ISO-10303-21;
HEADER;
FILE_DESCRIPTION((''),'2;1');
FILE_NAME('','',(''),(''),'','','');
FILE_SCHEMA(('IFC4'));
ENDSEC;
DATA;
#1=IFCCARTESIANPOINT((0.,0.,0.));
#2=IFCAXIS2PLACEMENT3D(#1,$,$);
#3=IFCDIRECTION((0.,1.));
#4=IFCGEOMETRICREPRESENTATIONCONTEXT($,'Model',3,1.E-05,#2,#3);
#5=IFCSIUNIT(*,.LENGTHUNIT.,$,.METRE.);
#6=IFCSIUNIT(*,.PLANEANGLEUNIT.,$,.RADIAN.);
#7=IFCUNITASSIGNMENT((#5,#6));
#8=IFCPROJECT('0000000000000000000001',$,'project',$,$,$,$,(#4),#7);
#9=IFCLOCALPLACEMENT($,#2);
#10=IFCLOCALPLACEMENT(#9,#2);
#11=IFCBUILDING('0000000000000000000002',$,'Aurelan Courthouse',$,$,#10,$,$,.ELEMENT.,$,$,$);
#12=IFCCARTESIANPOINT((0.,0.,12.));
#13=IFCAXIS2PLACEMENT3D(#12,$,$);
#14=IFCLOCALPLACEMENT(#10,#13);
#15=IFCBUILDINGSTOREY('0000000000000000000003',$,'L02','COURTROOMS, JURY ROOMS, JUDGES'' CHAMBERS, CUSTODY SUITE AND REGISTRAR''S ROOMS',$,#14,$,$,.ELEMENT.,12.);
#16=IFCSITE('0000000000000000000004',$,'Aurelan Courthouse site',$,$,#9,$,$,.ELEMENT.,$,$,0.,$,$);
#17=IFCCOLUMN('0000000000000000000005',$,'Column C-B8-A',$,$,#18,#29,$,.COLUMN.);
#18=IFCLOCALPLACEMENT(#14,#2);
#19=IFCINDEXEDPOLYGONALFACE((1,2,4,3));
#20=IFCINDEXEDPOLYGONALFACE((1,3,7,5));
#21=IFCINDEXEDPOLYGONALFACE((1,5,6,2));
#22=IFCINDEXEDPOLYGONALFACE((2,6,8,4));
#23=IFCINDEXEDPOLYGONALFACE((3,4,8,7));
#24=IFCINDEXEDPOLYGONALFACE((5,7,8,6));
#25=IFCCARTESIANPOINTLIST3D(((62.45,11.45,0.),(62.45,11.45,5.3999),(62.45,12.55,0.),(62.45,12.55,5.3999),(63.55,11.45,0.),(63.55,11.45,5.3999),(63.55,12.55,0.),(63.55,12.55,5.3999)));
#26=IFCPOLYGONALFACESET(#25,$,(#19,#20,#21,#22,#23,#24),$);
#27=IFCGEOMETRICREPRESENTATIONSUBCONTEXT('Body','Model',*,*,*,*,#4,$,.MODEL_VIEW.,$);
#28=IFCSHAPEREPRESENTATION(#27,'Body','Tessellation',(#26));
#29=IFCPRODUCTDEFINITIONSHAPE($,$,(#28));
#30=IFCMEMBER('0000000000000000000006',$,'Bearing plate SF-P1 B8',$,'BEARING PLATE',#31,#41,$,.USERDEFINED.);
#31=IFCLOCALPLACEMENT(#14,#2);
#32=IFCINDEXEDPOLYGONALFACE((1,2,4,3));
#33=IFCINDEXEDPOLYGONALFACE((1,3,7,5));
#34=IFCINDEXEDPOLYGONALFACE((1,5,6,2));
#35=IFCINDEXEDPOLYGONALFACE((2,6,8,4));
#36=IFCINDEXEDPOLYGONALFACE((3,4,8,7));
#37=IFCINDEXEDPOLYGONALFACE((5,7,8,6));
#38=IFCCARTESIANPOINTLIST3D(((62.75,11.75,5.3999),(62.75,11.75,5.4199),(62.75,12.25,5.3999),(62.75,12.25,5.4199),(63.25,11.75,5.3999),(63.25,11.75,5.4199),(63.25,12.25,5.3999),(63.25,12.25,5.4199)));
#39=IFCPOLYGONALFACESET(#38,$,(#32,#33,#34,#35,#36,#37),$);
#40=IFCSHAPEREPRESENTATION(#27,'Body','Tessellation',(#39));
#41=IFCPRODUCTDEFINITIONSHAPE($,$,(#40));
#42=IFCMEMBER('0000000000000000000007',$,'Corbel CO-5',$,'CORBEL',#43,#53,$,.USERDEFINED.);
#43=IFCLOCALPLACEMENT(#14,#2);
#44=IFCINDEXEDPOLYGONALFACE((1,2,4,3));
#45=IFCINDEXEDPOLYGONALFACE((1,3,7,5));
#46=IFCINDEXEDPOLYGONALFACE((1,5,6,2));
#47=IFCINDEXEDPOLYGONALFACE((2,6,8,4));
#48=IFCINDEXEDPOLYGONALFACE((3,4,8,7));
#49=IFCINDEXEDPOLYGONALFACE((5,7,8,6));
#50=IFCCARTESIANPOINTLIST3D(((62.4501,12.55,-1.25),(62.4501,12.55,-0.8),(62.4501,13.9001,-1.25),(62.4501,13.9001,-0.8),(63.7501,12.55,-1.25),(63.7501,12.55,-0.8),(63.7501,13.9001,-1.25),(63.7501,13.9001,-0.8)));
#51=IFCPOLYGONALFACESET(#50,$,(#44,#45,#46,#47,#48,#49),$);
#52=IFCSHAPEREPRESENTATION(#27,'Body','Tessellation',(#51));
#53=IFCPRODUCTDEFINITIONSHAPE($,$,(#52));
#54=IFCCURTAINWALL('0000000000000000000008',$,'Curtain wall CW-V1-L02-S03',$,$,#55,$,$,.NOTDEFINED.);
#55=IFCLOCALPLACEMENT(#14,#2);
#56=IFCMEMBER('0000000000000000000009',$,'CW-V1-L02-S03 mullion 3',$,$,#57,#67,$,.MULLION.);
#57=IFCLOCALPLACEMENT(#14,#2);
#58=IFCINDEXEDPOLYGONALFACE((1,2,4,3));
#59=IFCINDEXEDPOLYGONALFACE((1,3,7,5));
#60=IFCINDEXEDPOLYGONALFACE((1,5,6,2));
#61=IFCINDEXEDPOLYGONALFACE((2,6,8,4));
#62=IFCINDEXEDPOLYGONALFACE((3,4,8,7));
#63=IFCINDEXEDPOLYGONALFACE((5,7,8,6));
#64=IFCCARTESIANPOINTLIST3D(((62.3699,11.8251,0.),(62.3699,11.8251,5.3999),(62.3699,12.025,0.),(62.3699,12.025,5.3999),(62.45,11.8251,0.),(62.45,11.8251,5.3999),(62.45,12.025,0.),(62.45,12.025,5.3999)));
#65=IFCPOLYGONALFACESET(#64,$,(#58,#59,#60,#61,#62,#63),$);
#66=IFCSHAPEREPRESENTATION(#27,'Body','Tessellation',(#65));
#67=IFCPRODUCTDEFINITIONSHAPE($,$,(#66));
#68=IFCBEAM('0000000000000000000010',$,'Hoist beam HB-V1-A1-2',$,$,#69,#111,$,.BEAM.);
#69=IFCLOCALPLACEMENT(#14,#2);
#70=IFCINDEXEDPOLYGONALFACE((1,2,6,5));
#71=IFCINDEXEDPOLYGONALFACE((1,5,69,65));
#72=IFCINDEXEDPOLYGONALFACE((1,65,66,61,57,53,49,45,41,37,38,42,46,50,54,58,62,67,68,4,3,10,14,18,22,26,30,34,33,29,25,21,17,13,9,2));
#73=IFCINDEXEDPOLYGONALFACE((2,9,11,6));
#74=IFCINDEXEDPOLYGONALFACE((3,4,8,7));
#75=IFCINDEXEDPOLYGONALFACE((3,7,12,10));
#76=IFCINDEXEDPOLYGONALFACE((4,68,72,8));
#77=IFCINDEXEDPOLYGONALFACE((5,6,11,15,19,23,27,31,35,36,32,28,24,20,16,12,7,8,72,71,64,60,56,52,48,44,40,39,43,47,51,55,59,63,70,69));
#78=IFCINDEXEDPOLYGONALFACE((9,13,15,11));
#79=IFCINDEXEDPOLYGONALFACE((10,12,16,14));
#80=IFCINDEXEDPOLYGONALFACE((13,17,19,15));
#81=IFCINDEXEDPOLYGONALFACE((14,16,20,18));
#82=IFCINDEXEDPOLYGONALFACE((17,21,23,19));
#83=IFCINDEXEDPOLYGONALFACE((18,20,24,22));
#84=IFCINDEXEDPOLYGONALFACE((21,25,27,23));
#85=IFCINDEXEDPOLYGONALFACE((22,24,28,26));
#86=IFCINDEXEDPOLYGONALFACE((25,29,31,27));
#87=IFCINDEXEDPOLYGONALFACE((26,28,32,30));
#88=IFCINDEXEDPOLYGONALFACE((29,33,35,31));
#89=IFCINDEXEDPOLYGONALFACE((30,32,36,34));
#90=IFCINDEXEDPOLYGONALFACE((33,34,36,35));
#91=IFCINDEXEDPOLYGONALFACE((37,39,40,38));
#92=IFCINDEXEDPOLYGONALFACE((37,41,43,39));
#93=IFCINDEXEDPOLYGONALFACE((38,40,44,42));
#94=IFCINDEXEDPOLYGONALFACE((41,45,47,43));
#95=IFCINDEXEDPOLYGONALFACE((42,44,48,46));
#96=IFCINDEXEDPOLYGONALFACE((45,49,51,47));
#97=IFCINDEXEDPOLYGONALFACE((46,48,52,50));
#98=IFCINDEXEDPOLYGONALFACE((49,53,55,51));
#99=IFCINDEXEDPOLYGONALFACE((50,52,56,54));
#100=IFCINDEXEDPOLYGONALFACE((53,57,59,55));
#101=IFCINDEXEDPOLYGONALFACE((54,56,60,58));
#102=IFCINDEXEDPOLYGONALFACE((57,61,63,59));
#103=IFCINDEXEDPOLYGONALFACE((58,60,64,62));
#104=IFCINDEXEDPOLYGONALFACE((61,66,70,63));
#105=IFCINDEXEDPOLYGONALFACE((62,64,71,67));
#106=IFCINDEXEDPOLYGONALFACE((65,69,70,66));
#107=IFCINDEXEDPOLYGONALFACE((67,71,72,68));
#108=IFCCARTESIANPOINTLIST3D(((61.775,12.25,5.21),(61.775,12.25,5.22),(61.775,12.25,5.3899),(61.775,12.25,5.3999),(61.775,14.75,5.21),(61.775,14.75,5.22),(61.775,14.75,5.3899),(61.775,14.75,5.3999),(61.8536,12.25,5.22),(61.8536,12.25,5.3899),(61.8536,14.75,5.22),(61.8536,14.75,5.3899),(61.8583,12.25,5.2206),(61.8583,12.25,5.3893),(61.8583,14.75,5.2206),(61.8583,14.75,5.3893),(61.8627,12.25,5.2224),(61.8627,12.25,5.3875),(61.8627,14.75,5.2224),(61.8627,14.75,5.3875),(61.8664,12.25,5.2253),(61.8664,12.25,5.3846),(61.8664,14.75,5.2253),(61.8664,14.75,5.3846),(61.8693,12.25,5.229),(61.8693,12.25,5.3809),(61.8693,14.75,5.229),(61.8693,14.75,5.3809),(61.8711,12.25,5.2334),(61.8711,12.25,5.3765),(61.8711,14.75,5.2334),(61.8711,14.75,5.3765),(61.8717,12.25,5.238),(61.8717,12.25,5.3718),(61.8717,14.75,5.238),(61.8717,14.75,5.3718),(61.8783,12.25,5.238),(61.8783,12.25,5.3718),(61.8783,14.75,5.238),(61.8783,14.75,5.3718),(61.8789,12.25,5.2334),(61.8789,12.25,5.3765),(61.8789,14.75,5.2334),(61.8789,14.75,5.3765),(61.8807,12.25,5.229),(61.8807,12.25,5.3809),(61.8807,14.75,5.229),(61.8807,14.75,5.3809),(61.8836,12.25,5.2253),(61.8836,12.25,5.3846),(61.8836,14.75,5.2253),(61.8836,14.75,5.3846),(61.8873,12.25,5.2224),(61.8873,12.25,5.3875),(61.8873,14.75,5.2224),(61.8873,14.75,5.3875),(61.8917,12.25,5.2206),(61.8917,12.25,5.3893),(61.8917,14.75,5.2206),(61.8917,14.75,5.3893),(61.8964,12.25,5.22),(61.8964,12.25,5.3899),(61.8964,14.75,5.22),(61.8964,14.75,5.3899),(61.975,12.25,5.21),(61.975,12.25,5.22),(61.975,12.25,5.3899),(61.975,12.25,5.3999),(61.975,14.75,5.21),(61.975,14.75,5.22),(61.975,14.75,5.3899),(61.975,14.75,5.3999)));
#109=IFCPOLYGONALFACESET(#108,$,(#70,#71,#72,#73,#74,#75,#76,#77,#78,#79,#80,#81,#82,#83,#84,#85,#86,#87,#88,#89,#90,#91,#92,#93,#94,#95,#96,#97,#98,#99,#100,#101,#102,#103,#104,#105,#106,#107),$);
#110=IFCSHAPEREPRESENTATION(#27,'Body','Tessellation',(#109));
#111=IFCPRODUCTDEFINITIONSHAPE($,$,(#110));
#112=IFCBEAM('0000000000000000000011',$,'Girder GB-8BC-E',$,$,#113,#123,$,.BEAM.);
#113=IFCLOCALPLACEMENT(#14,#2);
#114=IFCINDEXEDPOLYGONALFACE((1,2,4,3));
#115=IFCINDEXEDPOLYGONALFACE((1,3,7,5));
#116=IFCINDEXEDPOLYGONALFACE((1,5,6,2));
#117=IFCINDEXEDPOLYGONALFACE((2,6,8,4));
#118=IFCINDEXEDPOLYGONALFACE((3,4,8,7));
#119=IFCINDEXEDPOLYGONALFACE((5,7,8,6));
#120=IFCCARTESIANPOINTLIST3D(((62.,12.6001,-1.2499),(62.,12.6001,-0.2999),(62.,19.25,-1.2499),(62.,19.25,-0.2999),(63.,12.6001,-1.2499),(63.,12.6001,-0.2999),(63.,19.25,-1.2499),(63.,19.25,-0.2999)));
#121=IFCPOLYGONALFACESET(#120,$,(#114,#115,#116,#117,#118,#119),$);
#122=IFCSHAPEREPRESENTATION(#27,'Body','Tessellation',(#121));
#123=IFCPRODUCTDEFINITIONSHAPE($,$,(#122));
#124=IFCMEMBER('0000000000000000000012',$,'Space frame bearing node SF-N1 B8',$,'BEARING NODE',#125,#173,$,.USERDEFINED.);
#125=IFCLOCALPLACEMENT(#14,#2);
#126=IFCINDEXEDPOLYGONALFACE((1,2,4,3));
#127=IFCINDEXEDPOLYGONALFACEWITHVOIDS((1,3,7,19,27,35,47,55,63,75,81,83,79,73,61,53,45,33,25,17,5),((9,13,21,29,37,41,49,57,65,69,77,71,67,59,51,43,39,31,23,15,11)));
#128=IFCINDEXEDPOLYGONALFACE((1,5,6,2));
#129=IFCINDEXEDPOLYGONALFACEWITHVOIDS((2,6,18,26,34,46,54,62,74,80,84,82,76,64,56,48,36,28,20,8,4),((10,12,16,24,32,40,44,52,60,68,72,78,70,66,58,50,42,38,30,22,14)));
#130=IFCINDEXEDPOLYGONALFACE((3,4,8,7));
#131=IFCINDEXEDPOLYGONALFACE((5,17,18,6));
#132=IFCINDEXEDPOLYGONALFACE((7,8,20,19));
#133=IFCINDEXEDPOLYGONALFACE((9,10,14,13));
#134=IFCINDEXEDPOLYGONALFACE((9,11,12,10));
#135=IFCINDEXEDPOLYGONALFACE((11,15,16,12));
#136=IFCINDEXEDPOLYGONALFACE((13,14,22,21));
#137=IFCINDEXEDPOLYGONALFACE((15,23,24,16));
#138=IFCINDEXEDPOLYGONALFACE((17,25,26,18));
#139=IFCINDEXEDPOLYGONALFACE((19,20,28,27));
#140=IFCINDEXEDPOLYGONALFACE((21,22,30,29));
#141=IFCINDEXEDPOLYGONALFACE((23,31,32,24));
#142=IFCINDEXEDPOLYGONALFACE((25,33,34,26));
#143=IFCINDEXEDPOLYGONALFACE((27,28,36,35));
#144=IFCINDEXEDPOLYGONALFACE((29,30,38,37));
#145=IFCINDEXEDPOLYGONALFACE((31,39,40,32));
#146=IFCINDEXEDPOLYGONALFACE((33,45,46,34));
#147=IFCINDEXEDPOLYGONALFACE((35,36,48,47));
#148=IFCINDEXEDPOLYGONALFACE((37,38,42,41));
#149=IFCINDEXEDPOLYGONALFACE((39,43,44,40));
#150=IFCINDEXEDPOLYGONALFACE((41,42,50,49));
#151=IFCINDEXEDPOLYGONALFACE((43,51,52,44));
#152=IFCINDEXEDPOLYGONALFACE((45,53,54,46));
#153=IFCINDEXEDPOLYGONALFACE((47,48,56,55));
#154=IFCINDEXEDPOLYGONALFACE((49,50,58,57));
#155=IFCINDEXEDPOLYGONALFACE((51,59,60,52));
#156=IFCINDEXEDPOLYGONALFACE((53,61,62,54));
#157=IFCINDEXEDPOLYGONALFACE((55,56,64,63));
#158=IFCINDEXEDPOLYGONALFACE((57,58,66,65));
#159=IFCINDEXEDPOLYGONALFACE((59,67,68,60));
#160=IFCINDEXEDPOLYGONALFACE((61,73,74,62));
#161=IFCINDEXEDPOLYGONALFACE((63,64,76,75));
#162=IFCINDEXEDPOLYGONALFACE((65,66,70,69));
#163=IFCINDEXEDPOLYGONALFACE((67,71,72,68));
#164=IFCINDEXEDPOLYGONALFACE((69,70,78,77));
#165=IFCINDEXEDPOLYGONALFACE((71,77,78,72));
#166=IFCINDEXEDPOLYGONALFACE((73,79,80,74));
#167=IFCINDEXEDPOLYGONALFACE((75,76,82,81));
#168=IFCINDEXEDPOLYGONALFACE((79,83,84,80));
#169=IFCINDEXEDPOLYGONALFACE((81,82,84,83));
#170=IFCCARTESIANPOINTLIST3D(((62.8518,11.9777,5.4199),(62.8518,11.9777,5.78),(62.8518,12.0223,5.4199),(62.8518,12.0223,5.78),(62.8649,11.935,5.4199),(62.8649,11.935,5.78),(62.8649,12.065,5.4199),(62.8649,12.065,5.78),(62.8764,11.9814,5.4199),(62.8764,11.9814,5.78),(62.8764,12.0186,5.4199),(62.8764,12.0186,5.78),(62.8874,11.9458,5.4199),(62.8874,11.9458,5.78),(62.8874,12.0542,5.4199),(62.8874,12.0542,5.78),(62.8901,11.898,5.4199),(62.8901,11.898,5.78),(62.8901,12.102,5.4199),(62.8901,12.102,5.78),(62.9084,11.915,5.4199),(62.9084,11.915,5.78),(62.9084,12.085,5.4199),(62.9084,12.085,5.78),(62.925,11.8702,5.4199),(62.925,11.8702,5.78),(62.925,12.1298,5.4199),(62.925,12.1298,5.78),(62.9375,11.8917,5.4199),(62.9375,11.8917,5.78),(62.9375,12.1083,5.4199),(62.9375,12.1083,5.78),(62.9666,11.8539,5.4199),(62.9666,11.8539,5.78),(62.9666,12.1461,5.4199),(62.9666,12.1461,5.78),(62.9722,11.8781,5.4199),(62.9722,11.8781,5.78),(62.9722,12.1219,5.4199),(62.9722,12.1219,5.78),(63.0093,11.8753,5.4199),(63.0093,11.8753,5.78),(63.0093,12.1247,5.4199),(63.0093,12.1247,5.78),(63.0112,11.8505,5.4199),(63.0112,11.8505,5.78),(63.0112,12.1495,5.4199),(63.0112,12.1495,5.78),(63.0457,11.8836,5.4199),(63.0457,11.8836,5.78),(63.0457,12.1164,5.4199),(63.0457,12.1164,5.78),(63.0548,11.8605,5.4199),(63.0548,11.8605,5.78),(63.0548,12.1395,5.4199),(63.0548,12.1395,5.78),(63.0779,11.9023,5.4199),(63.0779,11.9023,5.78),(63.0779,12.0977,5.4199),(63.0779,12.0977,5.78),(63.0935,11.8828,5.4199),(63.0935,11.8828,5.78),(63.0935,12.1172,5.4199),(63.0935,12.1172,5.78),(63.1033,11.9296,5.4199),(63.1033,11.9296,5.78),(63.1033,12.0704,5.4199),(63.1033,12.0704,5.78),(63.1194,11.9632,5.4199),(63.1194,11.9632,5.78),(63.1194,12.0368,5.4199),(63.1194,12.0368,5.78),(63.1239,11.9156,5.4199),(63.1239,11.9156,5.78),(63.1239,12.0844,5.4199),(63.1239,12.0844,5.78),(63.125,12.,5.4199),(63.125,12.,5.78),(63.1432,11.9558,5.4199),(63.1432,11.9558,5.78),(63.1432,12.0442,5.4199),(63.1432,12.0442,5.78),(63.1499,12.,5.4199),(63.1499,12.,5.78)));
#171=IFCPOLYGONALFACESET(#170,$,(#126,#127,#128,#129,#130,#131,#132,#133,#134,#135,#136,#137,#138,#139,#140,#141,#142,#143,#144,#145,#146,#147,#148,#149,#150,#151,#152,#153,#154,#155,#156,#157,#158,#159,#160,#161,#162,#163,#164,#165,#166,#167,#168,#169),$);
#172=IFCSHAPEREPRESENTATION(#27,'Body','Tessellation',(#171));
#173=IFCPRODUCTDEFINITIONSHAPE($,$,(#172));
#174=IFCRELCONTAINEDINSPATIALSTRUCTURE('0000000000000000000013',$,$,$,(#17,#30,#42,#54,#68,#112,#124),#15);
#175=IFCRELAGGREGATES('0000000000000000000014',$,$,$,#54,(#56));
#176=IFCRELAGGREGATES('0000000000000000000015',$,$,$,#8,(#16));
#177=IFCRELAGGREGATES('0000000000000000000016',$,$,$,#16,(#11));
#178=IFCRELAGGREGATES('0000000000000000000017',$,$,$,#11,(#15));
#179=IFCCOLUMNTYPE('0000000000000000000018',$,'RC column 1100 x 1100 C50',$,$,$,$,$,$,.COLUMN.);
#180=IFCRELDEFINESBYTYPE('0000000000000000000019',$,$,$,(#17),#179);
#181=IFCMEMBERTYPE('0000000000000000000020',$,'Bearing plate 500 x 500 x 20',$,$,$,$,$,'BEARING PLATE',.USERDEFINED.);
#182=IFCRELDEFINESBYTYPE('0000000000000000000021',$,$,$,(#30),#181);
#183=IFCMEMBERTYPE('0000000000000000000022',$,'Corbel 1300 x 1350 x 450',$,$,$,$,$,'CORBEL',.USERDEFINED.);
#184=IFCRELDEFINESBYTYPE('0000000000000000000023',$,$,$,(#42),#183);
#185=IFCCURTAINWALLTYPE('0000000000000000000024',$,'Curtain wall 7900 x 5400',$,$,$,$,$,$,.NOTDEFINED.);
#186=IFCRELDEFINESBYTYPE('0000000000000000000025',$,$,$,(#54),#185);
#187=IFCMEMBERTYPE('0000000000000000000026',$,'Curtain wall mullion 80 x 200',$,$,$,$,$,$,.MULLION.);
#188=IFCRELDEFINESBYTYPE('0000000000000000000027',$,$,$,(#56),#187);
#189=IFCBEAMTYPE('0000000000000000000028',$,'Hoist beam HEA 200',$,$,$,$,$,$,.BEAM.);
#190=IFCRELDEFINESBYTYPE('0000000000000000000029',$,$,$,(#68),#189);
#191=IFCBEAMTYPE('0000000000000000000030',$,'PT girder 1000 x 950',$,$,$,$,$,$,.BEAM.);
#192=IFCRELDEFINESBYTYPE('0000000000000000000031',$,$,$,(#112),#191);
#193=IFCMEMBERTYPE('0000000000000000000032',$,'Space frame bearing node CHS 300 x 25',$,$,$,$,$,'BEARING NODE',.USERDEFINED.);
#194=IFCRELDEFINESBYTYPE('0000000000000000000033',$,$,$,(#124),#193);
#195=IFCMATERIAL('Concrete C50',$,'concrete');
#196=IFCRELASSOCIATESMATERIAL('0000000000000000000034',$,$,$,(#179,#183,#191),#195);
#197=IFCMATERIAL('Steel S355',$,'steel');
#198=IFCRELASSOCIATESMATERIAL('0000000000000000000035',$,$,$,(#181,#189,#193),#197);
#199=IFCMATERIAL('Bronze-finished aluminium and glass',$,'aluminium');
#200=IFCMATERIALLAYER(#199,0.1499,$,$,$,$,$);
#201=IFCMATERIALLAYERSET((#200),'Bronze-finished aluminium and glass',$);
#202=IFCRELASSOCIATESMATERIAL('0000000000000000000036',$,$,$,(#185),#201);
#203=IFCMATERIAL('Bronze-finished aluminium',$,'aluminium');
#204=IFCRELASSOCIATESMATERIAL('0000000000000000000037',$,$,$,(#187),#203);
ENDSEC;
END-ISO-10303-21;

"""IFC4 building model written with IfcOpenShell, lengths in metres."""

from ifc_helpers import new_model, si_unit, direction, frame, origin, origin_2d, place, context, subcontext, project, spatial, rectangle, hollow_circle, i_section, extrude, material, layer, layer_set, material_profile, profile_set, type_object, element, aggregate, save


model = new_model("IFC4")

# Units and contexts
model_context = context("Model", 3, precision=1e-05, world=origin(), true_north=direction((0.0, 1.0)))
body_context = subcontext(model_context, "Body", "Model", "MODEL_VIEW")
ifc_project = project(units=[si_unit("LENGTHUNIT", "METRE"), si_unit("PLANEANGLEUNIT", "RADIAN")], contexts=[model_context])

# Site, building, storey
site_placement = place(None, origin())
site = spatial("IfcSite", under=ifc_project, at=site_placement, Name="Aurelan Courthouse site", CompositionType="ELEMENT", RefElevation=0.0)
building_placement = place(site_placement, origin())
building = spatial("IfcBuilding", under=site, at=building_placement, Name="Aurelan Courthouse", CompositionType="ELEMENT")
storey_placement = place(building_placement, frame((0.0, 0.0, 12.0)))
storey = spatial("IfcBuildingStorey", under=building, at=storey_placement, Name="L02", Description="COURTROOMS, JURY ROOMS, JUDGES' CHAMBERS, CUSTODY SUITE AND REGISTRAR'S ROOMS", CompositionType="ELEMENT", Elevation=12.0)

# Column
ifc_material_1 = material(Name="Concrete C50", Category="concrete")
ifc_material_profile_1 = material_profile(ifc_material_1, rectangle(XDim=1.1001, YDim=1.1001, at=origin_2d()), Name="RC 1100 x 1100")
ifc_profile_set_1 = profile_set([ifc_material_profile_1], Name="Concrete C50")
column_type = type_object("IfcColumnType", Name="RC column 1100 x 1100 C50", PredefinedType="COLUMN", material=ifc_profile_set_1)
column_placement = place(storey_placement, frame((63.0, 12.0, 0.0), z_axis=(0.0, 0.0, 1.0), x_axis=(1.0, 0.0, 0.0)))
element("IfcColumn", 1, at=column_placement, inside=storey, type_object=column_type, Name="Column C-B8-A", PredefinedType="COLUMN", context=body_context, shape_type="SweptSolid", body=[
    extrude(rectangle(XDim=1.1001, YDim=1.1001, at=origin_2d()), origin(), (0.0, 0.0, 1.0), 5.3999),
])

# Members
ifc_material_2 = material(Name="Steel S355", Category="steel")
ifc_material_profile_2 = material_profile(ifc_material_2, rectangle(XDim=0.5, YDim=0.5, at=origin_2d()), Name="PL 500 x 500")
ifc_profile_set_2 = profile_set([ifc_material_profile_2], Name="Steel S355")
member_type_1 = type_object("IfcMemberType", Name="Bearing plate 500 x 500 x 20", ElementType="BEARING PLATE", PredefinedType="USERDEFINED", material=ifc_profile_set_2)
member_1_placement = place(storey_placement, frame((63.0, 12.0, 5.3999), z_axis=(0.0, 0.0, 1.0), x_axis=(1.0, 0.0, 0.0)))
element("IfcMember", 2, at=member_1_placement, inside=storey, type_object=member_type_1, Name="Bearing plate SF-P1 B8", ObjectType="BEARING PLATE", PredefinedType="USERDEFINED", context=body_context, shape_type="SweptSolid", body=[
    extrude(rectangle(XDim=0.5, YDim=0.5, at=origin_2d()), origin(), (0.0, 0.0, 1.0), 0.02),
])
member_type_2 = type_object("IfcMemberType", Name="Corbel 1300 x 1350 x 450", ElementType="CORBEL", PredefinedType="USERDEFINED", material=ifc_material_1)
member_2_placement = place(storey_placement, frame((63.1001, 13.2251, -1.25), z_axis=(0.0, 0.0, 1.0), x_axis=(1.0, 0.0, 0.0)))
element("IfcMember", 3, at=member_2_placement, inside=storey, type_object=member_type_2, Name="Corbel CO-5", ObjectType="CORBEL", PredefinedType="USERDEFINED", context=body_context, shape_type="SweptSolid", body=[
    extrude(rectangle(XDim=1.3, YDim=1.3501, at=origin_2d()), origin(), (0.0, 0.0, 1.0), 0.45),
])

# Curtain wall, member
ifc_material_3 = material(Name="Bronze-finished aluminium and glass", Category="aluminium")
ifc_layer_1 = layer(ifc_material_3, 0.1499)
ifc_layer_set_1 = layer_set([ifc_layer_1], Name="Bronze-finished aluminium and glass")
curtain_wall_type = type_object("IfcCurtainWallType", Name="Curtain wall 7900 x 5400", PredefinedType="NOTDEFINED", material=ifc_layer_set_1)
curtain_wall_placement = place(storey_placement, origin())
curtain_wall = element("IfcCurtainWall", 4, at=curtain_wall_placement, inside=storey, type_object=curtain_wall_type, Name="Curtain wall CW-V1-L02-S03", PredefinedType="NOTDEFINED")
ifc_material_4 = material(Name="Bronze-finished aluminium", Category="aluminium")
ifc_material_profile_3 = material_profile(ifc_material_4, rectangle(XDim=0.2, YDim=0.0801, at=origin_2d()), Name="Bronze mullion 80 x 200")
ifc_profile_set_3 = profile_set([ifc_material_profile_3], Name="Bronze-finished aluminium")
member_type_3 = type_object("IfcMemberType", Name="Curtain wall mullion 80 x 200", PredefinedType="MULLION", material=ifc_profile_set_3)
member_3_placement = place(storey_placement, frame((62.4099, 11.925, 0.0), z_axis=(0.0, 0.0, 1.0), x_axis=(0.0, 1.0, 0.0)))
member_3 = element("IfcMember", 5, at=member_3_placement, type_object=member_type_3, Name="CW-V1-L02-S03 mullion 3", PredefinedType="MULLION", context=body_context, shape_type="SweptSolid", body=[
    extrude(rectangle(XDim=0.2, YDim=0.0801, at=origin_2d()), origin(), (0.0, 0.0, 1.0), 5.3999),
])

# Beams
ifc_material_profile_4 = material_profile(ifc_material_2, i_section(OverallWidth=0.2, OverallDepth=0.1899, WebThickness=0.0066, FlangeThickness=0.01, FilletRadius=0.0181, at=origin_2d()), Name="HEA 200")
ifc_profile_set_4 = profile_set([ifc_material_profile_4], Name="Steel S355")
beam_type_1 = type_object("IfcBeamType", Name="Hoist beam HEA 200", PredefinedType="BEAM", material=ifc_profile_set_4)
beam_1_placement = place(storey_placement, frame((61.875, 12.25, 5.3049), z_axis=(0.0, 1.0, 0.0), x_axis=(-1.0, 0.0, 0.0)))
element("IfcBeam", 6, at=beam_1_placement, inside=storey, type_object=beam_type_1, Name="Hoist beam HB-V1-A1-2", PredefinedType="BEAM", context=body_context, shape_type="SweptSolid", body=[
    extrude(i_section(OverallWidth=0.2, OverallDepth=0.1899, WebThickness=0.0066, FlangeThickness=0.01, FilletRadius=0.0181, at=origin_2d()), origin(), (0.0, 0.0, 1.0), 2.5),
])
ifc_material_profile_5 = material_profile(ifc_material_1, rectangle(XDim=1.0, YDim=0.95, at=origin_2d()), Name="RC 1000 x 950")
ifc_profile_set_5 = profile_set([ifc_material_profile_5], Name="Concrete C50")
beam_type_2 = type_object("IfcBeamType", Name="PT girder 1000 x 950", PredefinedType="BEAM", material=ifc_profile_set_5)
beam_2_placement = place(storey_placement, frame((62.5, 12.6001, -0.7749), z_axis=(0.0, 1.0, 0.0), x_axis=(-1.0, 0.0, 0.0)))
element("IfcBeam", 7, at=beam_2_placement, inside=storey, type_object=beam_type_2, Name="Girder GB-8BC-E", PredefinedType="BEAM", context=body_context, shape_type="SweptSolid", body=[
    extrude(rectangle(XDim=1.0, YDim=0.95, at=origin_2d()), origin(), (0.0, 0.0, 1.0), 6.6499),
])

# Member
ifc_material_profile_6 = material_profile(ifc_material_2, hollow_circle(Radius=0.1499, WallThickness=0.0249, at=origin_2d()), Name="CHS 300 x 25")
ifc_profile_set_6 = profile_set([ifc_material_profile_6], Name="Steel S355")
member_type_4 = type_object("IfcMemberType", Name="Space frame bearing node CHS 300 x 25", ElementType="BEARING NODE", PredefinedType="USERDEFINED", material=ifc_profile_set_6)
member_4_placement = place(storey_placement, frame((63.0, 12.0, 5.4199), z_axis=(0.0, 0.0, 1.0), x_axis=(1.0, 0.0, 0.0)))
element("IfcMember", 8, at=member_4_placement, inside=storey, type_object=member_type_4, Name="Space frame bearing node SF-N1 B8", ObjectType="BEARING NODE", PredefinedType="USERDEFINED", context=body_context, shape_type="SweptSolid", body=[
    extrude(hollow_circle(Radius=0.1499, WallThickness=0.0249, at=origin_2d()), origin(), (0.0, 0.0, 1.0), 0.3601),
])

aggregate(curtain_wall, [member_3])

save(model, "model.ifc")
